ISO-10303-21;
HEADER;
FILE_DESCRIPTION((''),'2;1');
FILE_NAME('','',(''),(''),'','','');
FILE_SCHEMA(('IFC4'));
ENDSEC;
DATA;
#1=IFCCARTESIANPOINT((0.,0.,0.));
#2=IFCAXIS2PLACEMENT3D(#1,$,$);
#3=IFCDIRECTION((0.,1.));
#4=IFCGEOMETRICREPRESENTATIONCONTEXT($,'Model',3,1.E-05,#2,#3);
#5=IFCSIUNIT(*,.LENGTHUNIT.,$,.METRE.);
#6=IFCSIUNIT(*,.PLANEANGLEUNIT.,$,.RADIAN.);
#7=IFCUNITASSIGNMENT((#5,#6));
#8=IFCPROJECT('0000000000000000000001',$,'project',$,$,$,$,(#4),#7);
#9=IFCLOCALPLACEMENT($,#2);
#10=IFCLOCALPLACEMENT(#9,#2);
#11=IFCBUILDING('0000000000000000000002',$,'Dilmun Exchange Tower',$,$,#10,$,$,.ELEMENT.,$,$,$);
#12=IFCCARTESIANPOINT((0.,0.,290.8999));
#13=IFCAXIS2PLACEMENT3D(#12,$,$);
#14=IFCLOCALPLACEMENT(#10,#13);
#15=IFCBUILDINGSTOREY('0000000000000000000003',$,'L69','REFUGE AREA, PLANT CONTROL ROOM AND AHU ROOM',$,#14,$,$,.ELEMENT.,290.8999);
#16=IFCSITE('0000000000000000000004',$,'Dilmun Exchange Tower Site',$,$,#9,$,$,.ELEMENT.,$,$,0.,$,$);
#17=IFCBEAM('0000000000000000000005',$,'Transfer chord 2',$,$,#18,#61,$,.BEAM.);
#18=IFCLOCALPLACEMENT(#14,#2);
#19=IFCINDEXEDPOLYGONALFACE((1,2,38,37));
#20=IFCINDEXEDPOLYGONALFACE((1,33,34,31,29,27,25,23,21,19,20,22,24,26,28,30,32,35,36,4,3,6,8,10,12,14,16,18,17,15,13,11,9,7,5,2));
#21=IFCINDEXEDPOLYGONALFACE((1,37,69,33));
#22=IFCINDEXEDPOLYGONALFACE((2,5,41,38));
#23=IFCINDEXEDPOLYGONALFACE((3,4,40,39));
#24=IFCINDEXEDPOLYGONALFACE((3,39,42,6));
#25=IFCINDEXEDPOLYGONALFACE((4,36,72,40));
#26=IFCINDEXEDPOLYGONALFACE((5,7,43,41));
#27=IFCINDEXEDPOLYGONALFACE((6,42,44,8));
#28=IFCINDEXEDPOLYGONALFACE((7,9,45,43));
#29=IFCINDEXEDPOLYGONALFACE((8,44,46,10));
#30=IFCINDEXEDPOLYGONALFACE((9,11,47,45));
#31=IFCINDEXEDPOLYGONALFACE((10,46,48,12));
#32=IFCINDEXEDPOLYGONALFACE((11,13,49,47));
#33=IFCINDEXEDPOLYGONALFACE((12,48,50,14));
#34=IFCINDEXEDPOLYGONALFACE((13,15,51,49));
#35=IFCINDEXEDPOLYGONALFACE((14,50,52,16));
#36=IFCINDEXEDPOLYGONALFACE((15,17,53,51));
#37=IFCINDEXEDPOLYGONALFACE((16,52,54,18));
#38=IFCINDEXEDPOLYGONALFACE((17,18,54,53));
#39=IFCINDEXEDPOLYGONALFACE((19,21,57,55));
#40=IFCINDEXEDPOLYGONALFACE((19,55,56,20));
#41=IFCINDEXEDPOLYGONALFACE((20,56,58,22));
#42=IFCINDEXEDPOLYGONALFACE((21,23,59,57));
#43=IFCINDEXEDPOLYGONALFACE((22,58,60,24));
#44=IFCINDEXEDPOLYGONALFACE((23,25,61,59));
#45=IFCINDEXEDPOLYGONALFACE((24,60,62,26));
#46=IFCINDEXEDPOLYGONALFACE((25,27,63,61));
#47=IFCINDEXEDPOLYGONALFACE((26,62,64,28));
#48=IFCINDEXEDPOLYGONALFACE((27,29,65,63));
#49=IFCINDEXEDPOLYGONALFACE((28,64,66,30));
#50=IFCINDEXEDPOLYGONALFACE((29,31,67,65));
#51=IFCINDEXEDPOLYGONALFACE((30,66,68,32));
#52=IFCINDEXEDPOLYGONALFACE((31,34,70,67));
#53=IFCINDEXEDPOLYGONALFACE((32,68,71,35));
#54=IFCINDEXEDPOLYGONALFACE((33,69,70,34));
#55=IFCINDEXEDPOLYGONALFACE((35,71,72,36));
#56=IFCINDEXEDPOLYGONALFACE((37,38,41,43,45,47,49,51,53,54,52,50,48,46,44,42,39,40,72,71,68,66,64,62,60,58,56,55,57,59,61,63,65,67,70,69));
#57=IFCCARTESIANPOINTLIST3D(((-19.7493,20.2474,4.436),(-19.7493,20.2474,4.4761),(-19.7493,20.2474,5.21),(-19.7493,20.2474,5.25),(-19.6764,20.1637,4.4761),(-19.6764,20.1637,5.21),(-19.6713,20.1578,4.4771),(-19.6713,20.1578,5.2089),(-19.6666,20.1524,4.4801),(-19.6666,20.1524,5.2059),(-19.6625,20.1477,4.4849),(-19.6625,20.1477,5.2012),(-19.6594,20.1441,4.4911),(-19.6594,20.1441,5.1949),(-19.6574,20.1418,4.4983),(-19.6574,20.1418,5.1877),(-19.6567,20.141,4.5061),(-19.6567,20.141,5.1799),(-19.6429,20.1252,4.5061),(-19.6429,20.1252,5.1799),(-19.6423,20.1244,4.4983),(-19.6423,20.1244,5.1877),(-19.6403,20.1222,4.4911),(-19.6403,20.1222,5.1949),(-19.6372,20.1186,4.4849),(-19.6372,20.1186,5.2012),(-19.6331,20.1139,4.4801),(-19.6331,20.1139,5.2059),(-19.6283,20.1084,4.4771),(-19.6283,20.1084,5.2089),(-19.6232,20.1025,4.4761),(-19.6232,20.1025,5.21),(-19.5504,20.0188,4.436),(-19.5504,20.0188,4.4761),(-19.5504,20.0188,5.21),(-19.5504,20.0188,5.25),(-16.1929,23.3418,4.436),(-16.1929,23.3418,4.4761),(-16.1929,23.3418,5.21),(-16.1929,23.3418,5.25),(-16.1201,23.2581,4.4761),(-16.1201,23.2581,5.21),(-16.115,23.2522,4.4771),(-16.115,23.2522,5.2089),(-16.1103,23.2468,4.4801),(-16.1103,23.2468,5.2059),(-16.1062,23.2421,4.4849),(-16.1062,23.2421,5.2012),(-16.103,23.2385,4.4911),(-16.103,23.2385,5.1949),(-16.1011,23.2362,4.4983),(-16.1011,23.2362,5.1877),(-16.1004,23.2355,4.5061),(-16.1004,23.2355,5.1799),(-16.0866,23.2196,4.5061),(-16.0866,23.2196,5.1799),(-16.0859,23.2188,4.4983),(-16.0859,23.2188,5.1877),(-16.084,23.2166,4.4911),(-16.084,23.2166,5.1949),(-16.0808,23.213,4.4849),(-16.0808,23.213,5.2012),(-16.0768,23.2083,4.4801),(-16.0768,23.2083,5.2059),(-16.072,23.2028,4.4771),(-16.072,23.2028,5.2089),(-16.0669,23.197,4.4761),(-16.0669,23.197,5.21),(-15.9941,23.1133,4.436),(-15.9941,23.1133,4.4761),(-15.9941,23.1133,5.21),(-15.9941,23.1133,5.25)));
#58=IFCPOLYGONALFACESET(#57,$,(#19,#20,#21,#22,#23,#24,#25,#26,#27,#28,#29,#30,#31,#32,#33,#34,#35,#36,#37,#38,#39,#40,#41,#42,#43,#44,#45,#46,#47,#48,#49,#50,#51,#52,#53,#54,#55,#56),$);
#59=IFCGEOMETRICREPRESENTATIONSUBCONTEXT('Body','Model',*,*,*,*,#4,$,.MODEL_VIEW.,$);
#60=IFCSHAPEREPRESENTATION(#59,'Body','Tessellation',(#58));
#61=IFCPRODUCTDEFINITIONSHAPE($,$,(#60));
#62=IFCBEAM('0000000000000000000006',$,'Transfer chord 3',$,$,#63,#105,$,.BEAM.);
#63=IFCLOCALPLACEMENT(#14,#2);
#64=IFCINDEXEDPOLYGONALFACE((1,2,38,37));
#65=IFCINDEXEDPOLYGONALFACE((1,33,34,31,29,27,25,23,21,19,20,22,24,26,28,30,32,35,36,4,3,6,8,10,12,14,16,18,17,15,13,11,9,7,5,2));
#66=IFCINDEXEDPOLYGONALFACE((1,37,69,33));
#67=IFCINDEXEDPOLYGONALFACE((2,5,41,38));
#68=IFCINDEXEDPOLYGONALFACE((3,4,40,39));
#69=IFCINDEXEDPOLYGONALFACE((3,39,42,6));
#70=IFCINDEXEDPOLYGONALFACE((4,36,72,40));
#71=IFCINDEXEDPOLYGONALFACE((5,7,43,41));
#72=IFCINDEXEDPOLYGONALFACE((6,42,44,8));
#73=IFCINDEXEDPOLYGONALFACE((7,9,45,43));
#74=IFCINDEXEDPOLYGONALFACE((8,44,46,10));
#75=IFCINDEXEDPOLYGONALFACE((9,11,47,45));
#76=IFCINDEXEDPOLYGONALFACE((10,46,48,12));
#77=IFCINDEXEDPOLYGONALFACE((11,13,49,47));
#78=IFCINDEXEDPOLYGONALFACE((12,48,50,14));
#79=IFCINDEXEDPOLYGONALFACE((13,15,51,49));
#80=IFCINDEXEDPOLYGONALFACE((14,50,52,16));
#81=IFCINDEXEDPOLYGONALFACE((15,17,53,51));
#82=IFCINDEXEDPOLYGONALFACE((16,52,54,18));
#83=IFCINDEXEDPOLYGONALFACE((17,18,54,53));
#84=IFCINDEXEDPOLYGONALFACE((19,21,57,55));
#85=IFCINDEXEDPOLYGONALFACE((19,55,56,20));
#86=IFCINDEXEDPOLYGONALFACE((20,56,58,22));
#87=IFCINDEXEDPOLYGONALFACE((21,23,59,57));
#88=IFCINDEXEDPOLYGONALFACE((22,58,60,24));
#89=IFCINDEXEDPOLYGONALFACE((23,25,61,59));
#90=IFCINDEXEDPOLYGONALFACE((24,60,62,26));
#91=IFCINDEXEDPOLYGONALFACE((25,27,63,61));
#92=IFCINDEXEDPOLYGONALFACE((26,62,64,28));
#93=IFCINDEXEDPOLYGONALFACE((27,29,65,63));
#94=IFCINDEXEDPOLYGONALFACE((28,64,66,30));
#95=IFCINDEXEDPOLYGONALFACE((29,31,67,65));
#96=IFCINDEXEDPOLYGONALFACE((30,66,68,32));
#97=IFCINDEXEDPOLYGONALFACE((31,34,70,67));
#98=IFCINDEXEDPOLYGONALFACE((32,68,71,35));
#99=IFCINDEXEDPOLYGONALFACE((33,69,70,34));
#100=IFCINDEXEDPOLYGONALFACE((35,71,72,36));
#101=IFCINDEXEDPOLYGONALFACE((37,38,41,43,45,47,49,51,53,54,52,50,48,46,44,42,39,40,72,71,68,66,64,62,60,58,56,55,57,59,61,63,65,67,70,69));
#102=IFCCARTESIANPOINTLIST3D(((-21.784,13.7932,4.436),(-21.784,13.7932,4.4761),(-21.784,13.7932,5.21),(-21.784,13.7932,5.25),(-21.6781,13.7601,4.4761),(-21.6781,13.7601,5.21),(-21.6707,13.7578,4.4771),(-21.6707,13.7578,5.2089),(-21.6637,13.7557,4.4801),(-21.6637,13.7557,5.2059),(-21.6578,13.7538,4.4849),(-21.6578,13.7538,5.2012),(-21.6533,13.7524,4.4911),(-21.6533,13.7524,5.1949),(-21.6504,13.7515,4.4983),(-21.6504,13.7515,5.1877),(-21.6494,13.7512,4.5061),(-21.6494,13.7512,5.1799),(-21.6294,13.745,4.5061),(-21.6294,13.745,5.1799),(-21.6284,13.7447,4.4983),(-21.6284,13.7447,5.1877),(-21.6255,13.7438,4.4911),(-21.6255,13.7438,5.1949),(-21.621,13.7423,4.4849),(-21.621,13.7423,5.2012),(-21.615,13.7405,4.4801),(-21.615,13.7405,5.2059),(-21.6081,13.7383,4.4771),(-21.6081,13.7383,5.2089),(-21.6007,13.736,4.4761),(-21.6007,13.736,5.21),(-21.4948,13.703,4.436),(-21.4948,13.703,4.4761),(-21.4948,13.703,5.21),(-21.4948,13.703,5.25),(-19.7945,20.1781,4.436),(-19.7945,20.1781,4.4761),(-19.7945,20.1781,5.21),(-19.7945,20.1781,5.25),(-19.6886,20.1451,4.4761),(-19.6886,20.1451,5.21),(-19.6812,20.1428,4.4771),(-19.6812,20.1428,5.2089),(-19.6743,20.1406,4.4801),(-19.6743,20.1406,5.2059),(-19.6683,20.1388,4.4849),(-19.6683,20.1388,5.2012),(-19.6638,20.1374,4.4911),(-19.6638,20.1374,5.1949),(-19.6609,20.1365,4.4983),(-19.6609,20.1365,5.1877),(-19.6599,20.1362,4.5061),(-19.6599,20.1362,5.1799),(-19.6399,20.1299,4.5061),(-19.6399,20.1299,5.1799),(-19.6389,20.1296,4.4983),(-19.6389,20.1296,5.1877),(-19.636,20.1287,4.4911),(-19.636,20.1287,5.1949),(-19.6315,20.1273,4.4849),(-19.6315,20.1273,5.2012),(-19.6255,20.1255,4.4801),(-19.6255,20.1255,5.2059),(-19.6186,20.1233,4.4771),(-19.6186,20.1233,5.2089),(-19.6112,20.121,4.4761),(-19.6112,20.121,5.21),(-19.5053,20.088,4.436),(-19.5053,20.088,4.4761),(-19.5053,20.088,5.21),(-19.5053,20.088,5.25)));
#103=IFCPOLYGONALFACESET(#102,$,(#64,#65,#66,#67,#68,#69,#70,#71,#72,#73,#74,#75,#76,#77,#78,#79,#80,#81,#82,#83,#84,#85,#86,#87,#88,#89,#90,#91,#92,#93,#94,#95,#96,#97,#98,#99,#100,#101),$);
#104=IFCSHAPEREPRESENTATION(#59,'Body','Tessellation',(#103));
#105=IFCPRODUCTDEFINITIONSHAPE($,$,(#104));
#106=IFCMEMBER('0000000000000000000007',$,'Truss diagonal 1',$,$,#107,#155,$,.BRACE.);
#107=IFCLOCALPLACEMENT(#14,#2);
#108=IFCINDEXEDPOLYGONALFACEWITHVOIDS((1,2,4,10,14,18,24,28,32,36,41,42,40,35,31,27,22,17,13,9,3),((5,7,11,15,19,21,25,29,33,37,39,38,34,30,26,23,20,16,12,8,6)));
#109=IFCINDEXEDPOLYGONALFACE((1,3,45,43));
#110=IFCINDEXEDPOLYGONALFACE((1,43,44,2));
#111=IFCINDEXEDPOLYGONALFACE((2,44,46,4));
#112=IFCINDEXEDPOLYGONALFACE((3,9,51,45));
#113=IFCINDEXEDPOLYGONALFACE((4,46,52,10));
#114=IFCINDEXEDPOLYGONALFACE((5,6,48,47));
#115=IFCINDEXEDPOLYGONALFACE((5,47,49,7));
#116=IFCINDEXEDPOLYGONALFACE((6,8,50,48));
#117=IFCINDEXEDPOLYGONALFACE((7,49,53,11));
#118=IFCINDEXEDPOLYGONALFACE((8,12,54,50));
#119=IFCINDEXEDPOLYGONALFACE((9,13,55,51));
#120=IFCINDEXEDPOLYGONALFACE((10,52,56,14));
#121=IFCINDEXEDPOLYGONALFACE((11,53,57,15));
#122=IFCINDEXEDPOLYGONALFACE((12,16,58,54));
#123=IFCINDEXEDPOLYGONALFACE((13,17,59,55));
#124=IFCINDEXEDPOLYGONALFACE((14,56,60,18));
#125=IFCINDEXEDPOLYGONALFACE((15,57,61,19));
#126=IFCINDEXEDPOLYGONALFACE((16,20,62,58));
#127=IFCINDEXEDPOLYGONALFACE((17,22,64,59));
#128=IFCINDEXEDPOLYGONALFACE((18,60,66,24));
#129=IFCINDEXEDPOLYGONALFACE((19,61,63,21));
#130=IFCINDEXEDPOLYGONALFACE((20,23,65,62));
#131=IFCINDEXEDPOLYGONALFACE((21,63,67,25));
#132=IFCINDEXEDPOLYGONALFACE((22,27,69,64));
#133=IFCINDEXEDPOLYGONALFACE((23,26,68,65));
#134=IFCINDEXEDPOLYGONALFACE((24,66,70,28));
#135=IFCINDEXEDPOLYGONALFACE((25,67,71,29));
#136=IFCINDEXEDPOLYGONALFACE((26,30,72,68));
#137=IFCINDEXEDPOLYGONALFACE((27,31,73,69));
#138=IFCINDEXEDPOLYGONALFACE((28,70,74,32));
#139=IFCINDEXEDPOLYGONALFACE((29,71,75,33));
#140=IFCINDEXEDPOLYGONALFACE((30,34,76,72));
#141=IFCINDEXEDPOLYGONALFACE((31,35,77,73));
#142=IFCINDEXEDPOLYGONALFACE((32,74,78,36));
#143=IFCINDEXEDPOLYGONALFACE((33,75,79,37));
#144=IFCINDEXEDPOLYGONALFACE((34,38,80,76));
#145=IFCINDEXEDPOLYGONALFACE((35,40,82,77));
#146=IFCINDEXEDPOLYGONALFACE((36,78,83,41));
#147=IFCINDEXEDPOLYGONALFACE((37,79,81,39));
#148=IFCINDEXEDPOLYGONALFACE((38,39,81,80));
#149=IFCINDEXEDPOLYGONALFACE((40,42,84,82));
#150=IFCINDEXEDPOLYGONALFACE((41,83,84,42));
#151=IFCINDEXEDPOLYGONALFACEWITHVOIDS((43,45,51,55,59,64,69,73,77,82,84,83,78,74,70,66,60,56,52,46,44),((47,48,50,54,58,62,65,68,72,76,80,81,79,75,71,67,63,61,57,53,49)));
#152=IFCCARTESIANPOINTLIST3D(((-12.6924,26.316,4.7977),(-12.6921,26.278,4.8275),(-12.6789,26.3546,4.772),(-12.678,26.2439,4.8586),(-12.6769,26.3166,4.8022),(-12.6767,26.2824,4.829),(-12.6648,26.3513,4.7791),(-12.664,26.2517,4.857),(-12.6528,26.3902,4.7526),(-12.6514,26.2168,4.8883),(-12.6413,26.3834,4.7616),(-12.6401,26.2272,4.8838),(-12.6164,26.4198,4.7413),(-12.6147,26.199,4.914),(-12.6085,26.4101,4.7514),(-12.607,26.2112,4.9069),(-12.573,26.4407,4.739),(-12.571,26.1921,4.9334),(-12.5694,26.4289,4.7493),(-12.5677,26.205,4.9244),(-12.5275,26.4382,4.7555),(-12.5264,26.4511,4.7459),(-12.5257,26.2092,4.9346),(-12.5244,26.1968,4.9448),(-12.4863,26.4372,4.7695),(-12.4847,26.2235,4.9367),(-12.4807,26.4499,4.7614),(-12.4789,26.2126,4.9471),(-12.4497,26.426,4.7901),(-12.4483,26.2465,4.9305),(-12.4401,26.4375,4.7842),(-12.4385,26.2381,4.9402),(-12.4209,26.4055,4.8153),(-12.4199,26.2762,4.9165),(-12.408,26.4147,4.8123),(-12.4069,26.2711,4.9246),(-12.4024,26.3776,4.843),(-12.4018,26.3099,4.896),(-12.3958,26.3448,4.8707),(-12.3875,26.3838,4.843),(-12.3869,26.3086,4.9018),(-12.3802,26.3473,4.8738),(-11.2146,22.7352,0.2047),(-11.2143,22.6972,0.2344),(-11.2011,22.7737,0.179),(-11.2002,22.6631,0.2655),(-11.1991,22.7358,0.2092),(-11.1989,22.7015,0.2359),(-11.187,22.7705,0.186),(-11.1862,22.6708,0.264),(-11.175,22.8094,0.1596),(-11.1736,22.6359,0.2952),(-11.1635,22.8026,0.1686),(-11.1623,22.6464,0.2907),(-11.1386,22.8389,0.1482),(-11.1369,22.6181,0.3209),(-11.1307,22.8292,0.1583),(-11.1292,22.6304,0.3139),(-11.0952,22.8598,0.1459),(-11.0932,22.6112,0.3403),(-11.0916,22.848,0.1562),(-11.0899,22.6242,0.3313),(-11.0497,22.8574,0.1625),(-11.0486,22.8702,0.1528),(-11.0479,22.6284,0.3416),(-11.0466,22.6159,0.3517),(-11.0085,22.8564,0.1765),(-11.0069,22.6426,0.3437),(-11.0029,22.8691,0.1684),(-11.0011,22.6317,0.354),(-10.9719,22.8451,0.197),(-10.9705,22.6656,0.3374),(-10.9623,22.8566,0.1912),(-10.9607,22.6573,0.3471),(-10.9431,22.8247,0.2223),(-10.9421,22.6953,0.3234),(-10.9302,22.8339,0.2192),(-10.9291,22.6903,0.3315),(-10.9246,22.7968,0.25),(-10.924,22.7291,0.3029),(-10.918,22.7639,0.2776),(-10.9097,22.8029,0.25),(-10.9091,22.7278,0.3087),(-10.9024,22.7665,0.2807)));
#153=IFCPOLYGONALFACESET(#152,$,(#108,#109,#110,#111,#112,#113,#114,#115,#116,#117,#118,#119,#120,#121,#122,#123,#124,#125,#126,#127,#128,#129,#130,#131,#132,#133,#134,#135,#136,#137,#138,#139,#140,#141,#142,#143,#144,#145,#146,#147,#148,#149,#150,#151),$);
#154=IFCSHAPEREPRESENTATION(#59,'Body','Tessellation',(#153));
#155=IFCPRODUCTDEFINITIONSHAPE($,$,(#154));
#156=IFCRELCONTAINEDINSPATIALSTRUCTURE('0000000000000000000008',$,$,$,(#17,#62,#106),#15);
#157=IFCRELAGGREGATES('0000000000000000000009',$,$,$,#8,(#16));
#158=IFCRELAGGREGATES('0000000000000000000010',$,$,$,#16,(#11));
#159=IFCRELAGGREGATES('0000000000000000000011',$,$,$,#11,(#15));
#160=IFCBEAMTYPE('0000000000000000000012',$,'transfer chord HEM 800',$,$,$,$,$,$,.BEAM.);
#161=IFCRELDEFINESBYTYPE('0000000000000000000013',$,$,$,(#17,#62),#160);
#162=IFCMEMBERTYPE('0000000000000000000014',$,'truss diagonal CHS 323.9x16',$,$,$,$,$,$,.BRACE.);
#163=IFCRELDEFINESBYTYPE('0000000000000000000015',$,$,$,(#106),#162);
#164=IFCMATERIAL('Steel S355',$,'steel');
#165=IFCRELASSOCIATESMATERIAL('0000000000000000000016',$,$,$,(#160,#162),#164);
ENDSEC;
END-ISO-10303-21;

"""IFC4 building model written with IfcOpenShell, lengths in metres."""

from ifc_helpers import new_model, si_unit, direction, frame, origin, origin_2d, place, context, subcontext, project, spatial, hollow_circle, i_section, extrude, material, material_profile, profile_set, type_object, element, save


model = new_model("IFC4")

# Units and contexts
model_context = context("Model", 3, precision=1e-05, world=origin(), true_north=direction((0.0, 1.0)))
body_context = subcontext(model_context, "Body", "Model", "MODEL_VIEW")
ifc_project = project(units=[si_unit("LENGTHUNIT", "METRE"), si_unit("PLANEANGLEUNIT", "RADIAN")], contexts=[model_context])

# Site, building, storey
site_placement = place(None, origin())
site = spatial("IfcSite", under=ifc_project, at=site_placement, Name="Dilmun Exchange Tower Site", CompositionType="ELEMENT", RefElevation=0.0)
building_placement = place(site_placement, origin())
building = spatial("IfcBuilding", under=site, at=building_placement, Name="Dilmun Exchange Tower", CompositionType="ELEMENT")
storey_placement = place(building_placement, frame((0.0, 0.0, 290.8999)))
storey = spatial("IfcBuildingStorey", under=building, at=storey_placement, Name="L69", Description="REFUGE AREA, PLANT CONTROL ROOM AND AHU ROOM", CompositionType="ELEMENT", Elevation=290.8999)

# Shared definitions
ifc_material_1 = material(Name="Steel S355", Category="steel")

# Beams
ifc_material_profile_1 = material_profile(ifc_material_1, i_section(OverallWidth=0.303, OverallDepth=0.814, WebThickness=0.021, FlangeThickness=0.04, FilletRadius=0.03, at=origin_2d()), Name="HEM 800")
ifc_profile_set_1 = profile_set([ifc_material_profile_1], Name="Steel S355")
beam_type_1 = type_object("IfcBeamType", Name="transfer chord HEM 800", PredefinedType="BEAM", material=ifc_profile_set_1)
for number, where, z_axis, x_axis, name in (
    (1, (-16.0935, 23.2275, 4.843), (-0.754399, -0.656416, 0.0), (0.656416, -0.754399, 0.0), "Transfer chord 2"),
):
    element("IfcBeam", number, at=place(storey_placement, frame(where, z_axis=z_axis, x_axis=x_axis)), inside=storey, type_object=beam_type_1, Name=name, PredefinedType="BEAM", context=body_context, shape_type="SweptSolid", body=[
        extrude(i_section(OverallWidth=0.303, OverallDepth=0.814, WebThickness=0.021, FlangeThickness=0.04, FilletRadius=0.03, at=origin_2d()), origin(), (0.0, 0.0, 1.0), 4.7141),
    ])
beam_1_placement = place(storey_placement, frame((-19.6499, 20.1331, 4.843), z_axis=(-0.297483, -0.954727, 0.0), x_axis=(0.954727, -0.297483, 0.0)))
element("IfcBeam", 2, at=beam_1_placement, inside=storey, type_object=beam_type_1, Name="Transfer chord 3", PredefinedType="BEAM", context=body_context, shape_type="SweptSolid", body=[
    extrude(i_section(OverallWidth=0.303, OverallDepth=0.814, WebThickness=0.021, FlangeThickness=0.04, FilletRadius=0.03, at=origin_2d()), origin(), (0.0, 0.0, 1.0), 6.6877),
])

# Member
ifc_material_profile_2 = material_profile(ifc_material_1, hollow_circle(Radius=0.1619, WallThickness=0.0161, at=origin_2d()), Name="CHS 323.9x16")
ifc_profile_set_2 = profile_set([ifc_material_profile_2], Name="Steel S355")
member_type_1 = type_object("IfcMemberType", Name="truss diagonal CHS 323.9x16", PredefinedType="BRACE", material=ifc_profile_set_2)
member_1_placement = place(storey_placement, frame((-12.5371, 26.322, 4.843), z_axis=(0.24595, -0.595959, -0.764422), x_axis=(0.924375, 0.381485, 0.0)))
element("IfcMember", 3, at=member_1_placement, inside=storey, type_object=member_type_1, Name="Truss diagonal 1", PredefinedType="BRACE", context=body_context, shape_type="SweptSolid", body=[
    extrude(hollow_circle(Radius=0.1619, WallThickness=0.0161, at=origin_2d()), origin(), (0.0, 0.0, 1.0), 6.0085),
])

save(model, "model.ifc")
